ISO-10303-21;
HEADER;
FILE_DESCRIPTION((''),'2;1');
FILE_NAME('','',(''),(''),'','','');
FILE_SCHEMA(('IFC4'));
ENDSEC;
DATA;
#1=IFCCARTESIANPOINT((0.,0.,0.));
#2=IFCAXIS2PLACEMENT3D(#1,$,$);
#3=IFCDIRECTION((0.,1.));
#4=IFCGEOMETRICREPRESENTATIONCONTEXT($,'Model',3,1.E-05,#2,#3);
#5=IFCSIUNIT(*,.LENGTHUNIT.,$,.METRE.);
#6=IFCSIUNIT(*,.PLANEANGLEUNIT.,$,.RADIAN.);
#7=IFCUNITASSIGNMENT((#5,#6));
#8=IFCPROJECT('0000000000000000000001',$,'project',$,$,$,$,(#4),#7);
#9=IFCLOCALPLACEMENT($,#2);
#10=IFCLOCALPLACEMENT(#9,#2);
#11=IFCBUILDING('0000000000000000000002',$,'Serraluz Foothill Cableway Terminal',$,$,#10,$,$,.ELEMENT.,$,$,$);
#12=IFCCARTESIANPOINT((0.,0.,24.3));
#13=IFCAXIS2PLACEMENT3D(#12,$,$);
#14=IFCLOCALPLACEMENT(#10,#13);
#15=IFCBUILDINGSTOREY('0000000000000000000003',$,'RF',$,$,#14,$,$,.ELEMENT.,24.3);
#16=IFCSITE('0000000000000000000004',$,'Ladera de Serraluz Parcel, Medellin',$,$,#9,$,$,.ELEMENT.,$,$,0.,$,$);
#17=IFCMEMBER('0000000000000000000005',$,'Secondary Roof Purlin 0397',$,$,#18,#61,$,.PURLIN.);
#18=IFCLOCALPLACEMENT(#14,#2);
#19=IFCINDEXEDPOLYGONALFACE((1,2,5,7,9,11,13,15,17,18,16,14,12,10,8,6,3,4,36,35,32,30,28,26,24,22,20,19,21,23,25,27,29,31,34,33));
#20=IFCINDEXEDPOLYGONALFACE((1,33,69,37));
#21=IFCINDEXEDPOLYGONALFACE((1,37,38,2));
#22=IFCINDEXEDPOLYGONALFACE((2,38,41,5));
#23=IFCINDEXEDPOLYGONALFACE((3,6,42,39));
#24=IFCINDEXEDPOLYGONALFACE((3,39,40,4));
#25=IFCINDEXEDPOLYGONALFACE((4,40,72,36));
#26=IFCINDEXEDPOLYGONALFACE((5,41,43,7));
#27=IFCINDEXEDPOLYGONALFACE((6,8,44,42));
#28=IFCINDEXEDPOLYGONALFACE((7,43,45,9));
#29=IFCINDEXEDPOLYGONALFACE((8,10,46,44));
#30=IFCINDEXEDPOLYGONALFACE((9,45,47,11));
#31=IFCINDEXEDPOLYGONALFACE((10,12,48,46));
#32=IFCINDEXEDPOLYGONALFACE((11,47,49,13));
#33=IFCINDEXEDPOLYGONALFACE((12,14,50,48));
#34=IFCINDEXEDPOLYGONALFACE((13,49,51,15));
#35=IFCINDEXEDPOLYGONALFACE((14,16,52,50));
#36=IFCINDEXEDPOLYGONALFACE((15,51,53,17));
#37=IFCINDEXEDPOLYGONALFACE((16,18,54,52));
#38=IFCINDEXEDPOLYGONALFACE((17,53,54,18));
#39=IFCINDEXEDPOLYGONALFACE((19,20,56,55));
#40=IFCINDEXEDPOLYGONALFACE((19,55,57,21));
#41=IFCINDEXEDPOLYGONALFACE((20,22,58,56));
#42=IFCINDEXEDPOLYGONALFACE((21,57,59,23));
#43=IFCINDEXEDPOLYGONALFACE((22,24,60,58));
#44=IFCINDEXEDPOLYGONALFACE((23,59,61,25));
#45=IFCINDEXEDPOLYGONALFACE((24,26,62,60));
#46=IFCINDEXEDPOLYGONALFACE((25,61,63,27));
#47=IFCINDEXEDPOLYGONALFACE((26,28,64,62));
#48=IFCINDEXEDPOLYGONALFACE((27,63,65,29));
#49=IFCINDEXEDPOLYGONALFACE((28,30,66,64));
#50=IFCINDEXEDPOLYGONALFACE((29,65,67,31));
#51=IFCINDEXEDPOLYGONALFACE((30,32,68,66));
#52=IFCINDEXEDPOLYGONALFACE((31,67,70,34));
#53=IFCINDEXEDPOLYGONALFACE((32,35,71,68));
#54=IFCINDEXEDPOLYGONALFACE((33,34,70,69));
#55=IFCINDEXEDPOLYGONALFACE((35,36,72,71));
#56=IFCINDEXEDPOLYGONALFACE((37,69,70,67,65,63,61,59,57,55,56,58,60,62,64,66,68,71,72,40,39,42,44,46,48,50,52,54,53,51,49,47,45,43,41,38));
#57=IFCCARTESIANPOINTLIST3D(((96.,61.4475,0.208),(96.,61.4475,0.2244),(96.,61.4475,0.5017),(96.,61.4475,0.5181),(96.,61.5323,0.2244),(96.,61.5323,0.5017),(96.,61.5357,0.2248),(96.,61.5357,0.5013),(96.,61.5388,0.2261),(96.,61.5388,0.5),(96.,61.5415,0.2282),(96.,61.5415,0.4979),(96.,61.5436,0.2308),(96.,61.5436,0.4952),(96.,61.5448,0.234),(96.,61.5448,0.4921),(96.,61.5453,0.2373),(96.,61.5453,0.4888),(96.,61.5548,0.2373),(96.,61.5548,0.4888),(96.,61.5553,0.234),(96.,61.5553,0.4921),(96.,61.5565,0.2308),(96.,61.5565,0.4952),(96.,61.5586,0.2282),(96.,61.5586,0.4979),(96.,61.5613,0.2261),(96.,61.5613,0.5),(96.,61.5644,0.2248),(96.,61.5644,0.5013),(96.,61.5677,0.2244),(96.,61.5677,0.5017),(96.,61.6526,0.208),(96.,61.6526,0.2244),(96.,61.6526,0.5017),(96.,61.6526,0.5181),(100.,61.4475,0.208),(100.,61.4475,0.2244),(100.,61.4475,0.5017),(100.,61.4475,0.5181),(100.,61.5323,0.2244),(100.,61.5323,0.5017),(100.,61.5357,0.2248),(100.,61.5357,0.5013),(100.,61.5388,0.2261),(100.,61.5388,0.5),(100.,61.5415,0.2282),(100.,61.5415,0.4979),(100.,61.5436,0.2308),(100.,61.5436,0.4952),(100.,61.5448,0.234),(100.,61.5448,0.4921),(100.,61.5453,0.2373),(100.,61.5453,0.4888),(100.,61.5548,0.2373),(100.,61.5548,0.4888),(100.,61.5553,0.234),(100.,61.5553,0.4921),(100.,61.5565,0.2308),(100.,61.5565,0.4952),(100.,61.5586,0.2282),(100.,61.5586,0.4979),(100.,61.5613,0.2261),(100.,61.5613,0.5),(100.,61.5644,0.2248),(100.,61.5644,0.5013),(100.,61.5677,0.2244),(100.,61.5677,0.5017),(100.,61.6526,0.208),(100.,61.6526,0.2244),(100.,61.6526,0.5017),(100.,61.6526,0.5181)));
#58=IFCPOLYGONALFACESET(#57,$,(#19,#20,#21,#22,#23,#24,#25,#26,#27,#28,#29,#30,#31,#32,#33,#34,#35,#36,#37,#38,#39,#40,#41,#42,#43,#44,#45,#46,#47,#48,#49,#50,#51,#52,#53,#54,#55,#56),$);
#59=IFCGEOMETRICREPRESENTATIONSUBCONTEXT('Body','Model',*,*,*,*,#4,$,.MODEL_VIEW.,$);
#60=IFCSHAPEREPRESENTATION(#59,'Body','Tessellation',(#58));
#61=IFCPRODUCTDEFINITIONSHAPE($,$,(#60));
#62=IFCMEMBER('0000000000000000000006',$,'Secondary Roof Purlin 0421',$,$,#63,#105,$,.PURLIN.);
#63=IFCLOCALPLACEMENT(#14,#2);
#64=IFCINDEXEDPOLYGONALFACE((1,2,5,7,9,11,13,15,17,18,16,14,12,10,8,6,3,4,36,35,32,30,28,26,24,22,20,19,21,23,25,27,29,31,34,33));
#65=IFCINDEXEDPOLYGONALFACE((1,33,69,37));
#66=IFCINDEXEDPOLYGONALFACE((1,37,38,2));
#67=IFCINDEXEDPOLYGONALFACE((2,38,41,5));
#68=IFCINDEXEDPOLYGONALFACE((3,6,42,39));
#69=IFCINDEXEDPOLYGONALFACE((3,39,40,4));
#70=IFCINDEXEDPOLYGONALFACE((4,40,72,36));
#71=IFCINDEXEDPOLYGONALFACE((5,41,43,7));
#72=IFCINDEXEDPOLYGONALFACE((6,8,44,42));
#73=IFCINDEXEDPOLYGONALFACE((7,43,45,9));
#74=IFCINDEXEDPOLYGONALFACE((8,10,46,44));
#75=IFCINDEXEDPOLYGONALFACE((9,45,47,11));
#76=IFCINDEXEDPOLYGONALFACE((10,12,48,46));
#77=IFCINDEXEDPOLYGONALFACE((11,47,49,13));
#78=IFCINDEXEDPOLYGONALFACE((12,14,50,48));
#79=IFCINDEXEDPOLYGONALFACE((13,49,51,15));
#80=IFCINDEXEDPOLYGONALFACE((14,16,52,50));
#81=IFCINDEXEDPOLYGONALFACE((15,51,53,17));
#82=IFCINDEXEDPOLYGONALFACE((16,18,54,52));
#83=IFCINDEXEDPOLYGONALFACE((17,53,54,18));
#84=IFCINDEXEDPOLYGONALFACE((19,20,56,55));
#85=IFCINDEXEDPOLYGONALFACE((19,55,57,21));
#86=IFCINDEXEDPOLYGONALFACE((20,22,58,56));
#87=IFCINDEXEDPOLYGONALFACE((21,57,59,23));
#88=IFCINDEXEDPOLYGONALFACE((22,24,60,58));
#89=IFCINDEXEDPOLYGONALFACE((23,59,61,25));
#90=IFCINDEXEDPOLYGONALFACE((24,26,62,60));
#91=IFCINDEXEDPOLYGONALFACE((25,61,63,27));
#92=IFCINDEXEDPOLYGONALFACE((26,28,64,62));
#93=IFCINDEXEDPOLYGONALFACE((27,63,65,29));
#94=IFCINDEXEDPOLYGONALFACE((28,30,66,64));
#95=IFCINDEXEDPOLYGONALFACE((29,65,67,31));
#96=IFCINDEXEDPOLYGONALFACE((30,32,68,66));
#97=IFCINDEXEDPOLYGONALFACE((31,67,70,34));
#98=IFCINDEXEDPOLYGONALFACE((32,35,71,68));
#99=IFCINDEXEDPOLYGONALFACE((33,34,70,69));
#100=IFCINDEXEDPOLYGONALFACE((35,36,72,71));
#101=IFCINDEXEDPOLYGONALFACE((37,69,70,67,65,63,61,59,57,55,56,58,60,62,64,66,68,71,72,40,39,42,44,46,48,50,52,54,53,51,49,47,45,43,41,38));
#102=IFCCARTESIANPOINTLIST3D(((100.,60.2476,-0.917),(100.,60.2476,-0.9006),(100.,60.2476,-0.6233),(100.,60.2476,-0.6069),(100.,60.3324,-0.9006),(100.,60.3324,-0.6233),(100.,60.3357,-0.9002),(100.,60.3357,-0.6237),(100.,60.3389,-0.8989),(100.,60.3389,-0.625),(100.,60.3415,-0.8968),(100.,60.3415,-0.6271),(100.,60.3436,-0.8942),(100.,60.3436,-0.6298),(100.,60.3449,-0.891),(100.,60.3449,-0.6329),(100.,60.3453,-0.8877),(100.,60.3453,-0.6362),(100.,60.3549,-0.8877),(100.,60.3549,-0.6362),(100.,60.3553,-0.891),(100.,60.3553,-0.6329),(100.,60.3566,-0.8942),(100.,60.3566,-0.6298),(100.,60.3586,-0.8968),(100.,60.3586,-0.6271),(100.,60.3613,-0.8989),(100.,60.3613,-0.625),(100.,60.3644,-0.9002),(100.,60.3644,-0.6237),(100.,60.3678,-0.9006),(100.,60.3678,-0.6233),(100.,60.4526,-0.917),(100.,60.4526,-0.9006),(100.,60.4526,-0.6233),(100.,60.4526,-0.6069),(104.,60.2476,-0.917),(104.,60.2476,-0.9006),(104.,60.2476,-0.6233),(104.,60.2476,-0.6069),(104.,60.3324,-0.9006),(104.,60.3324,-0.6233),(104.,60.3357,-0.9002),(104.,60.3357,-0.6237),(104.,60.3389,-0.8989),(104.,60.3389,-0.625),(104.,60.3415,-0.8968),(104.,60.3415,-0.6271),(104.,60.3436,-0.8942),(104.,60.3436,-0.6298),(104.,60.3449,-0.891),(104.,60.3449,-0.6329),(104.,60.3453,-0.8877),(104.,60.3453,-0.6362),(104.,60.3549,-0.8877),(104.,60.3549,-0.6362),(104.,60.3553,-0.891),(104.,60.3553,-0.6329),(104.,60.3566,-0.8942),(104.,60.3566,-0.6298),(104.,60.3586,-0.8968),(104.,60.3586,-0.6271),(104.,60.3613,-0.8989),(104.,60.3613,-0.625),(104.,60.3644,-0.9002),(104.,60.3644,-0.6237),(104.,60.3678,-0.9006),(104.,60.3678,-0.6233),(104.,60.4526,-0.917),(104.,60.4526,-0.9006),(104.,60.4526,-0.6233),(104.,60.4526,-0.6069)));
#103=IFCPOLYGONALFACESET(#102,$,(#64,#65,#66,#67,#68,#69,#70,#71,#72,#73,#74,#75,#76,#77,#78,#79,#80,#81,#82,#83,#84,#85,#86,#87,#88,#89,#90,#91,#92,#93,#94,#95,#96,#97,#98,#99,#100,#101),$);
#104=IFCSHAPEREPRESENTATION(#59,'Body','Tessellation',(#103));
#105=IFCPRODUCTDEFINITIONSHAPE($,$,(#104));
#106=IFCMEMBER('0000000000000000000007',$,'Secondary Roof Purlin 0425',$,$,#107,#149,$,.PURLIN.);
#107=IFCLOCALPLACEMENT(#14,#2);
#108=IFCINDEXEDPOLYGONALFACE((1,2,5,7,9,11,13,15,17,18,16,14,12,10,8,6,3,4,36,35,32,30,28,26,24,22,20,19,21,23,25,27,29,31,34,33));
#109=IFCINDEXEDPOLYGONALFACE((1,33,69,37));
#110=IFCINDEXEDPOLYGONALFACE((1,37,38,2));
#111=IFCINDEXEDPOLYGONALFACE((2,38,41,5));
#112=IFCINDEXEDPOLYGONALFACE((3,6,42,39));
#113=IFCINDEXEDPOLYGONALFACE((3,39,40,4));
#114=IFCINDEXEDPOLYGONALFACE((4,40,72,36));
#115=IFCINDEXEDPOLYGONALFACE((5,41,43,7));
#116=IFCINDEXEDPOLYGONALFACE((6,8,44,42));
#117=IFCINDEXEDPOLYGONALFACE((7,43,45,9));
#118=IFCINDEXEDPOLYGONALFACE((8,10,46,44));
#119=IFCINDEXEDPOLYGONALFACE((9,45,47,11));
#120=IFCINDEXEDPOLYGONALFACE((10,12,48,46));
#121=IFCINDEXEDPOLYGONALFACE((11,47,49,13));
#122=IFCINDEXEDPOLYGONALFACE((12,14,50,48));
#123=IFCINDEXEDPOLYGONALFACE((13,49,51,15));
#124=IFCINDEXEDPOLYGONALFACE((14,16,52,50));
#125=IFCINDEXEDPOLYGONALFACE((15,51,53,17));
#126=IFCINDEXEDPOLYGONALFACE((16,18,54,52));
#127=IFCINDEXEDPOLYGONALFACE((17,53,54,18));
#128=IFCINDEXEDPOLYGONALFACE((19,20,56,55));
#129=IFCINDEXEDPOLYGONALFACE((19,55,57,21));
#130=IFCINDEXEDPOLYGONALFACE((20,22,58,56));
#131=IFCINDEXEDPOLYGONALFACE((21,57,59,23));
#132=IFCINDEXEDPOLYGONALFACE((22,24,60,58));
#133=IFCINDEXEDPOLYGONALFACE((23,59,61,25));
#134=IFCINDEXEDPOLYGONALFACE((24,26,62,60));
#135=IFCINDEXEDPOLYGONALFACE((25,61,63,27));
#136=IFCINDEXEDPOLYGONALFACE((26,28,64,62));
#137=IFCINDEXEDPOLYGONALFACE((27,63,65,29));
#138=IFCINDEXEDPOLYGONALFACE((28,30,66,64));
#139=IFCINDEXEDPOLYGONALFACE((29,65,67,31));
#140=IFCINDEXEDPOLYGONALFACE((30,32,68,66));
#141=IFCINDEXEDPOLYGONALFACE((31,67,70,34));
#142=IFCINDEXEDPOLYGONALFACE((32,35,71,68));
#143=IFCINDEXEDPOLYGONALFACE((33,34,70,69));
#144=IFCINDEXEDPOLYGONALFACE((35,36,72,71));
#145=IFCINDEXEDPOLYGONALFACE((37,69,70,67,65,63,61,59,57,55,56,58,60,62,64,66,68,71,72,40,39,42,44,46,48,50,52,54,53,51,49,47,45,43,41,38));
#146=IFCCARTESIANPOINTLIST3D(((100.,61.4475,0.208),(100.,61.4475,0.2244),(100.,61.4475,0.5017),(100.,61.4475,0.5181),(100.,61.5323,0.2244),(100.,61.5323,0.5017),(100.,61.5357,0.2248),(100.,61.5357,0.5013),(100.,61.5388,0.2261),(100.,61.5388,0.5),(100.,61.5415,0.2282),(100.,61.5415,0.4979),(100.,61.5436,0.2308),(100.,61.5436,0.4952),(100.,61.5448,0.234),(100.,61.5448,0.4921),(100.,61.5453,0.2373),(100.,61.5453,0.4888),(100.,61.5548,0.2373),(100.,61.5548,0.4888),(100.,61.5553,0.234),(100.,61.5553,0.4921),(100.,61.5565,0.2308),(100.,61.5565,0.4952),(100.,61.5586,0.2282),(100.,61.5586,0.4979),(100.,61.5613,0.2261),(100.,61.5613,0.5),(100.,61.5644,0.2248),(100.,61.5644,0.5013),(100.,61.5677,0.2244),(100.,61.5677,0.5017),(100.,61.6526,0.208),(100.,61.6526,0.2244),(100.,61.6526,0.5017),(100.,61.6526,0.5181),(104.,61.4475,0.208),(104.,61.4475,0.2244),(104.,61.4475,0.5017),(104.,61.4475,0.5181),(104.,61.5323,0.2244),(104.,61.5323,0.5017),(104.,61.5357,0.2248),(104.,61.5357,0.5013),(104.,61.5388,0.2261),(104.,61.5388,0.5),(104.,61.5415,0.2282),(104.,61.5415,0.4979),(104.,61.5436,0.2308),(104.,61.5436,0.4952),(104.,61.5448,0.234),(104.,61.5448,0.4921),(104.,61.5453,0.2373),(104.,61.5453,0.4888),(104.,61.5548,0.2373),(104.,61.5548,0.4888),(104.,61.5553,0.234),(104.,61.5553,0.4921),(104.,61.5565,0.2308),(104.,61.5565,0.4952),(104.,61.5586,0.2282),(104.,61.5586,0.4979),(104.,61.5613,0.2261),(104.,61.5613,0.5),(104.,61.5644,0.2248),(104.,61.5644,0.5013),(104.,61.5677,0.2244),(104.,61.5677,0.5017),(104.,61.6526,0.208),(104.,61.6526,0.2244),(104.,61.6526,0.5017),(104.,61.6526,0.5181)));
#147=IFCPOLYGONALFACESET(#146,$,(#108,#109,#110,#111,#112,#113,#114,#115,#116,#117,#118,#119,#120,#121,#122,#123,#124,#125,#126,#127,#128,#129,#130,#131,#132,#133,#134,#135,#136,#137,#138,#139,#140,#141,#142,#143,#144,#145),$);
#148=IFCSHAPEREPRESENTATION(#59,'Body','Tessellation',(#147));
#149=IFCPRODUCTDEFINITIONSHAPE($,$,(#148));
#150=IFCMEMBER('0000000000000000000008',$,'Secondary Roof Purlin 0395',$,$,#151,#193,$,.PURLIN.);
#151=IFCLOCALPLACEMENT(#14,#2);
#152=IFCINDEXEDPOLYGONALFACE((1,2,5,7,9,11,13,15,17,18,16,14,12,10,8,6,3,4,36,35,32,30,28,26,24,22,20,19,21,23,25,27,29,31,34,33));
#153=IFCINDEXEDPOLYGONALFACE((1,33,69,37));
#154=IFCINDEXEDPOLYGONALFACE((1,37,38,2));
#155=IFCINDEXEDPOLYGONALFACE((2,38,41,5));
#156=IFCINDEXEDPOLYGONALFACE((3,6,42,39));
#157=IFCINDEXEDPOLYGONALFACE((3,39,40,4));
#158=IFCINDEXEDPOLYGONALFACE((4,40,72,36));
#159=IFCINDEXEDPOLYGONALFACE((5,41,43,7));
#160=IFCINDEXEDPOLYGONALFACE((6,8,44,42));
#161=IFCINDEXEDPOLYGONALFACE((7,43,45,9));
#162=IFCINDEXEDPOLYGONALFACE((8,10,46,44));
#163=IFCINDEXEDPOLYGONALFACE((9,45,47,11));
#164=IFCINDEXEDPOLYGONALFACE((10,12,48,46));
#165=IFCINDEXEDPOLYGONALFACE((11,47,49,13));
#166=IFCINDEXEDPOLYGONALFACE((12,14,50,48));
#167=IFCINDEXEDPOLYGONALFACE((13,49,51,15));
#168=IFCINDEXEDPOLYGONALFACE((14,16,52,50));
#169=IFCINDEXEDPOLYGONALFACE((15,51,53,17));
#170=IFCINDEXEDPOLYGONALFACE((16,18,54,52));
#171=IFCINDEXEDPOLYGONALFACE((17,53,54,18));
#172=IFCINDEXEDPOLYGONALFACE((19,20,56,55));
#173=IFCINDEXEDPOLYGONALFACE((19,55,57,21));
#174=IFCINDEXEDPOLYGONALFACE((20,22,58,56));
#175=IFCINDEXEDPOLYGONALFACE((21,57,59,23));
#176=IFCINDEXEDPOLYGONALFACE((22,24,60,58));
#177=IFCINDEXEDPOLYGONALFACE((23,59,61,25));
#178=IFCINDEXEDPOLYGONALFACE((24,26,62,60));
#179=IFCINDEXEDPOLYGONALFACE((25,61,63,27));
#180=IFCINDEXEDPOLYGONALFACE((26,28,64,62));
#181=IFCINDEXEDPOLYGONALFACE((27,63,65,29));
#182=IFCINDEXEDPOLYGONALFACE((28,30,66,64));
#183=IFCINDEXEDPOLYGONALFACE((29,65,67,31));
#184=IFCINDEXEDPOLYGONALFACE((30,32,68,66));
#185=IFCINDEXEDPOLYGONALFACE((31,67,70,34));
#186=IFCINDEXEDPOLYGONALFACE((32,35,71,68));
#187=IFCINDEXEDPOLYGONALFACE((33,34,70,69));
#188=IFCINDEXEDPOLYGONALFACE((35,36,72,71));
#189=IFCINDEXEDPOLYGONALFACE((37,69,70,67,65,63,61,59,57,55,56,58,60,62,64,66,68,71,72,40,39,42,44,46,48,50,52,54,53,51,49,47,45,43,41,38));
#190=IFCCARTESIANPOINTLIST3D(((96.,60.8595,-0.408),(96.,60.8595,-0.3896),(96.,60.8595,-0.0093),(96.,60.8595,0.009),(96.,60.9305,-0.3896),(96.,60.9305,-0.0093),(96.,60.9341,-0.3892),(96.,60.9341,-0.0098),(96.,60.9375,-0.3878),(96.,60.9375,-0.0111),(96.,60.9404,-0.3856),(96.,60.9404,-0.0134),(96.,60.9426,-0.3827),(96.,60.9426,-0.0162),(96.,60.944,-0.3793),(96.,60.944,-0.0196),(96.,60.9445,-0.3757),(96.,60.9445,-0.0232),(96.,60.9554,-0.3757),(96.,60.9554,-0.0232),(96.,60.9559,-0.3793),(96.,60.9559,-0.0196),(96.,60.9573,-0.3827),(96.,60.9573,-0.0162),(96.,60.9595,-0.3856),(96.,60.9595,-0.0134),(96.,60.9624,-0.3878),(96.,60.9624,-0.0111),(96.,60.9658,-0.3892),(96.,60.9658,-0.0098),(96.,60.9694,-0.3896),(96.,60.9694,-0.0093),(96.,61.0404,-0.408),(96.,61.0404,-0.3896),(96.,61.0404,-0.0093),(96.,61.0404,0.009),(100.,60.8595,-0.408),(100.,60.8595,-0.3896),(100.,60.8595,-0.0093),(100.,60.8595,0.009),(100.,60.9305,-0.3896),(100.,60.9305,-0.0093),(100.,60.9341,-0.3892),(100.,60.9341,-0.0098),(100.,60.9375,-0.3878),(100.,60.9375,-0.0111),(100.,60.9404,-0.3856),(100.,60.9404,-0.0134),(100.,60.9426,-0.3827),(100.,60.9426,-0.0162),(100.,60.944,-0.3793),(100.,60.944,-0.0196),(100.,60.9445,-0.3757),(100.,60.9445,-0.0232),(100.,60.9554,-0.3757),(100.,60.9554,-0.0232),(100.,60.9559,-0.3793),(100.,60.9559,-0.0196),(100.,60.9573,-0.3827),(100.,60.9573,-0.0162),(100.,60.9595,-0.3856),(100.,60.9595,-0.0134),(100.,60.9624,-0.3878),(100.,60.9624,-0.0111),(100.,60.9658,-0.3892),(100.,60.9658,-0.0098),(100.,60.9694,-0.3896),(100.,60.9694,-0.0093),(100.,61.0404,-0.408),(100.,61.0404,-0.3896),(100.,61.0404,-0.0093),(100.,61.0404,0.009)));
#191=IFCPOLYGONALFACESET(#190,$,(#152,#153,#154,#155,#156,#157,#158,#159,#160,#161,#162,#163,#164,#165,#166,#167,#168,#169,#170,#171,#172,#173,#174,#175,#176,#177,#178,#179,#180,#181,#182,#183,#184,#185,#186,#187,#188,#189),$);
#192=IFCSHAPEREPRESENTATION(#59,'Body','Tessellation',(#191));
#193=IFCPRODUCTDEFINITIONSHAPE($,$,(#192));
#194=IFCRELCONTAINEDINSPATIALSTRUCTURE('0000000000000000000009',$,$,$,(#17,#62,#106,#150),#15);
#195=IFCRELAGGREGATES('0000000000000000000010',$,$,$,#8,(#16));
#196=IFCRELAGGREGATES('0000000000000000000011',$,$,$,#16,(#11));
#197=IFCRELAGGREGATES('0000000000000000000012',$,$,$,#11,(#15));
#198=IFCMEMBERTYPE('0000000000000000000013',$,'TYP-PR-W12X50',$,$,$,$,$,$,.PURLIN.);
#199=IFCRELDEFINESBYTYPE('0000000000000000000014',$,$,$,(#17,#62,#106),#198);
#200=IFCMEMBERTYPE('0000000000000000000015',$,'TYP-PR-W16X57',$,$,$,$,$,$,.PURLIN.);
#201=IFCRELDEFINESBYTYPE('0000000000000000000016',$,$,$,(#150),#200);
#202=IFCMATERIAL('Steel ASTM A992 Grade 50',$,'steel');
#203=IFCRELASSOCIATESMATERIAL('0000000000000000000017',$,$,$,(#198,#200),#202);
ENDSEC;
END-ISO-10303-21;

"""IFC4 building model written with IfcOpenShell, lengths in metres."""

from ifc_helpers import new_model, si_unit, direction, frame, origin, origin_2d, place, context, subcontext, project, spatial, i_section, extrude, material, material_profile, profile_set, type_object, element, save


model = new_model("IFC4")

# Units and contexts
model_context = context("Model", 3, precision=1e-05, world=origin(), true_north=direction((0.0, 1.0)))
body_context = subcontext(model_context, "Body", "Model", "MODEL_VIEW")
ifc_project = project(units=[si_unit("LENGTHUNIT", "METRE"), si_unit("PLANEANGLEUNIT", "RADIAN")], contexts=[model_context])

# Site, building, storey
site_placement = place(None, origin())
site = spatial("IfcSite", under=ifc_project, at=site_placement, Name="Ladera de Serraluz Parcel, Medellin", CompositionType="ELEMENT", RefElevation=0.0)
building_placement = place(site_placement, origin())
building = spatial("IfcBuilding", under=site, at=building_placement, Name="Serraluz Foothill Cableway Terminal", CompositionType="ELEMENT")
storey_placement = place(building_placement, frame((0.0, 0.0, 24.3)))
storey = spatial("IfcBuildingStorey", under=building, at=storey_placement, Name="RF", CompositionType="ELEMENT", Elevation=24.3)

# Members
ifc_material_1 = material(Name="Steel ASTM A992 Grade 50", Category="steel")
ifc_material_profile_1 = material_profile(ifc_material_1, i_section(OverallWidth=0.2051, OverallDepth=0.3101, WebThickness=0.0095, FlangeThickness=0.0164, FilletRadius=0.0129, at=origin_2d()), Name="W12X50")
ifc_profile_set_1 = profile_set([ifc_material_profile_1], Name="Steel ASTM A992 Grade 50")
member_type_1 = type_object("IfcMemberType", Name="TYP-PR-W12X50", PredefinedType="PURLIN", material=ifc_profile_set_1)
for number, where, z_axis, x_axis, name in (
    (1, (96.0, 61.55, 0.363), (1.0, 0.0, 0.0), (0.0, 1.0, 0.0), "Secondary Roof Purlin 0397"),
    (2, (100.0, 60.3501, -0.762), (1.0, 0.0, 0.0), (0.0, 1.0, 0.0), "Secondary Roof Purlin 0421"),
    (3, (100.0, 61.55, 0.363), (1.0, 0.0, 0.0), (0.0, 1.0, 0.0), "Secondary Roof Purlin 0425"),
):
    element("IfcMember", number, at=place(storey_placement, frame(where, z_axis=z_axis, x_axis=x_axis)), inside=storey, type_object=member_type_1, Name=name, PredefinedType="PURLIN", context=body_context, shape_type="SweptSolid", body=[
        extrude(i_section(OverallWidth=0.2051, OverallDepth=0.3101, WebThickness=0.0095, FlangeThickness=0.0164, FilletRadius=0.0129, at=origin_2d()), origin(), (0.0, 0.0, 1.0), 4.0),
    ])
ifc_material_profile_2 = material_profile(ifc_material_1, i_section(OverallWidth=0.1809, OverallDepth=0.417, WebThickness=0.011, FlangeThickness=0.0183, FilletRadius=0.0139, at=origin_2d()), Name="W16X57")
ifc_profile_set_2 = profile_set([ifc_material_profile_2], Name="Steel ASTM A992 Grade 50")
member_type_2 = type_object("IfcMemberType", Name="TYP-PR-W16X57", PredefinedType="PURLIN", material=ifc_profile_set_2)
for number, where, z_axis, x_axis, name in (
    (4, (96.0, 60.95, -0.1995), (1.0, 0.0, 0.0), (0.0, 1.0, 0.0), "Secondary Roof Purlin 0395"),
):
    element("IfcMember", number, at=place(storey_placement, frame(where, z_axis=z_axis, x_axis=x_axis)), inside=storey, type_object=member_type_2, Name=name, PredefinedType="PURLIN", context=body_context, shape_type="SweptSolid", body=[
        extrude(i_section(OverallWidth=0.1809, OverallDepth=0.417, WebThickness=0.011, FlangeThickness=0.0183, FilletRadius=0.0139, at=origin_2d()), origin(), (0.0, 0.0, 1.0), 4.0),
    ])

save(model, "model.ifc")
